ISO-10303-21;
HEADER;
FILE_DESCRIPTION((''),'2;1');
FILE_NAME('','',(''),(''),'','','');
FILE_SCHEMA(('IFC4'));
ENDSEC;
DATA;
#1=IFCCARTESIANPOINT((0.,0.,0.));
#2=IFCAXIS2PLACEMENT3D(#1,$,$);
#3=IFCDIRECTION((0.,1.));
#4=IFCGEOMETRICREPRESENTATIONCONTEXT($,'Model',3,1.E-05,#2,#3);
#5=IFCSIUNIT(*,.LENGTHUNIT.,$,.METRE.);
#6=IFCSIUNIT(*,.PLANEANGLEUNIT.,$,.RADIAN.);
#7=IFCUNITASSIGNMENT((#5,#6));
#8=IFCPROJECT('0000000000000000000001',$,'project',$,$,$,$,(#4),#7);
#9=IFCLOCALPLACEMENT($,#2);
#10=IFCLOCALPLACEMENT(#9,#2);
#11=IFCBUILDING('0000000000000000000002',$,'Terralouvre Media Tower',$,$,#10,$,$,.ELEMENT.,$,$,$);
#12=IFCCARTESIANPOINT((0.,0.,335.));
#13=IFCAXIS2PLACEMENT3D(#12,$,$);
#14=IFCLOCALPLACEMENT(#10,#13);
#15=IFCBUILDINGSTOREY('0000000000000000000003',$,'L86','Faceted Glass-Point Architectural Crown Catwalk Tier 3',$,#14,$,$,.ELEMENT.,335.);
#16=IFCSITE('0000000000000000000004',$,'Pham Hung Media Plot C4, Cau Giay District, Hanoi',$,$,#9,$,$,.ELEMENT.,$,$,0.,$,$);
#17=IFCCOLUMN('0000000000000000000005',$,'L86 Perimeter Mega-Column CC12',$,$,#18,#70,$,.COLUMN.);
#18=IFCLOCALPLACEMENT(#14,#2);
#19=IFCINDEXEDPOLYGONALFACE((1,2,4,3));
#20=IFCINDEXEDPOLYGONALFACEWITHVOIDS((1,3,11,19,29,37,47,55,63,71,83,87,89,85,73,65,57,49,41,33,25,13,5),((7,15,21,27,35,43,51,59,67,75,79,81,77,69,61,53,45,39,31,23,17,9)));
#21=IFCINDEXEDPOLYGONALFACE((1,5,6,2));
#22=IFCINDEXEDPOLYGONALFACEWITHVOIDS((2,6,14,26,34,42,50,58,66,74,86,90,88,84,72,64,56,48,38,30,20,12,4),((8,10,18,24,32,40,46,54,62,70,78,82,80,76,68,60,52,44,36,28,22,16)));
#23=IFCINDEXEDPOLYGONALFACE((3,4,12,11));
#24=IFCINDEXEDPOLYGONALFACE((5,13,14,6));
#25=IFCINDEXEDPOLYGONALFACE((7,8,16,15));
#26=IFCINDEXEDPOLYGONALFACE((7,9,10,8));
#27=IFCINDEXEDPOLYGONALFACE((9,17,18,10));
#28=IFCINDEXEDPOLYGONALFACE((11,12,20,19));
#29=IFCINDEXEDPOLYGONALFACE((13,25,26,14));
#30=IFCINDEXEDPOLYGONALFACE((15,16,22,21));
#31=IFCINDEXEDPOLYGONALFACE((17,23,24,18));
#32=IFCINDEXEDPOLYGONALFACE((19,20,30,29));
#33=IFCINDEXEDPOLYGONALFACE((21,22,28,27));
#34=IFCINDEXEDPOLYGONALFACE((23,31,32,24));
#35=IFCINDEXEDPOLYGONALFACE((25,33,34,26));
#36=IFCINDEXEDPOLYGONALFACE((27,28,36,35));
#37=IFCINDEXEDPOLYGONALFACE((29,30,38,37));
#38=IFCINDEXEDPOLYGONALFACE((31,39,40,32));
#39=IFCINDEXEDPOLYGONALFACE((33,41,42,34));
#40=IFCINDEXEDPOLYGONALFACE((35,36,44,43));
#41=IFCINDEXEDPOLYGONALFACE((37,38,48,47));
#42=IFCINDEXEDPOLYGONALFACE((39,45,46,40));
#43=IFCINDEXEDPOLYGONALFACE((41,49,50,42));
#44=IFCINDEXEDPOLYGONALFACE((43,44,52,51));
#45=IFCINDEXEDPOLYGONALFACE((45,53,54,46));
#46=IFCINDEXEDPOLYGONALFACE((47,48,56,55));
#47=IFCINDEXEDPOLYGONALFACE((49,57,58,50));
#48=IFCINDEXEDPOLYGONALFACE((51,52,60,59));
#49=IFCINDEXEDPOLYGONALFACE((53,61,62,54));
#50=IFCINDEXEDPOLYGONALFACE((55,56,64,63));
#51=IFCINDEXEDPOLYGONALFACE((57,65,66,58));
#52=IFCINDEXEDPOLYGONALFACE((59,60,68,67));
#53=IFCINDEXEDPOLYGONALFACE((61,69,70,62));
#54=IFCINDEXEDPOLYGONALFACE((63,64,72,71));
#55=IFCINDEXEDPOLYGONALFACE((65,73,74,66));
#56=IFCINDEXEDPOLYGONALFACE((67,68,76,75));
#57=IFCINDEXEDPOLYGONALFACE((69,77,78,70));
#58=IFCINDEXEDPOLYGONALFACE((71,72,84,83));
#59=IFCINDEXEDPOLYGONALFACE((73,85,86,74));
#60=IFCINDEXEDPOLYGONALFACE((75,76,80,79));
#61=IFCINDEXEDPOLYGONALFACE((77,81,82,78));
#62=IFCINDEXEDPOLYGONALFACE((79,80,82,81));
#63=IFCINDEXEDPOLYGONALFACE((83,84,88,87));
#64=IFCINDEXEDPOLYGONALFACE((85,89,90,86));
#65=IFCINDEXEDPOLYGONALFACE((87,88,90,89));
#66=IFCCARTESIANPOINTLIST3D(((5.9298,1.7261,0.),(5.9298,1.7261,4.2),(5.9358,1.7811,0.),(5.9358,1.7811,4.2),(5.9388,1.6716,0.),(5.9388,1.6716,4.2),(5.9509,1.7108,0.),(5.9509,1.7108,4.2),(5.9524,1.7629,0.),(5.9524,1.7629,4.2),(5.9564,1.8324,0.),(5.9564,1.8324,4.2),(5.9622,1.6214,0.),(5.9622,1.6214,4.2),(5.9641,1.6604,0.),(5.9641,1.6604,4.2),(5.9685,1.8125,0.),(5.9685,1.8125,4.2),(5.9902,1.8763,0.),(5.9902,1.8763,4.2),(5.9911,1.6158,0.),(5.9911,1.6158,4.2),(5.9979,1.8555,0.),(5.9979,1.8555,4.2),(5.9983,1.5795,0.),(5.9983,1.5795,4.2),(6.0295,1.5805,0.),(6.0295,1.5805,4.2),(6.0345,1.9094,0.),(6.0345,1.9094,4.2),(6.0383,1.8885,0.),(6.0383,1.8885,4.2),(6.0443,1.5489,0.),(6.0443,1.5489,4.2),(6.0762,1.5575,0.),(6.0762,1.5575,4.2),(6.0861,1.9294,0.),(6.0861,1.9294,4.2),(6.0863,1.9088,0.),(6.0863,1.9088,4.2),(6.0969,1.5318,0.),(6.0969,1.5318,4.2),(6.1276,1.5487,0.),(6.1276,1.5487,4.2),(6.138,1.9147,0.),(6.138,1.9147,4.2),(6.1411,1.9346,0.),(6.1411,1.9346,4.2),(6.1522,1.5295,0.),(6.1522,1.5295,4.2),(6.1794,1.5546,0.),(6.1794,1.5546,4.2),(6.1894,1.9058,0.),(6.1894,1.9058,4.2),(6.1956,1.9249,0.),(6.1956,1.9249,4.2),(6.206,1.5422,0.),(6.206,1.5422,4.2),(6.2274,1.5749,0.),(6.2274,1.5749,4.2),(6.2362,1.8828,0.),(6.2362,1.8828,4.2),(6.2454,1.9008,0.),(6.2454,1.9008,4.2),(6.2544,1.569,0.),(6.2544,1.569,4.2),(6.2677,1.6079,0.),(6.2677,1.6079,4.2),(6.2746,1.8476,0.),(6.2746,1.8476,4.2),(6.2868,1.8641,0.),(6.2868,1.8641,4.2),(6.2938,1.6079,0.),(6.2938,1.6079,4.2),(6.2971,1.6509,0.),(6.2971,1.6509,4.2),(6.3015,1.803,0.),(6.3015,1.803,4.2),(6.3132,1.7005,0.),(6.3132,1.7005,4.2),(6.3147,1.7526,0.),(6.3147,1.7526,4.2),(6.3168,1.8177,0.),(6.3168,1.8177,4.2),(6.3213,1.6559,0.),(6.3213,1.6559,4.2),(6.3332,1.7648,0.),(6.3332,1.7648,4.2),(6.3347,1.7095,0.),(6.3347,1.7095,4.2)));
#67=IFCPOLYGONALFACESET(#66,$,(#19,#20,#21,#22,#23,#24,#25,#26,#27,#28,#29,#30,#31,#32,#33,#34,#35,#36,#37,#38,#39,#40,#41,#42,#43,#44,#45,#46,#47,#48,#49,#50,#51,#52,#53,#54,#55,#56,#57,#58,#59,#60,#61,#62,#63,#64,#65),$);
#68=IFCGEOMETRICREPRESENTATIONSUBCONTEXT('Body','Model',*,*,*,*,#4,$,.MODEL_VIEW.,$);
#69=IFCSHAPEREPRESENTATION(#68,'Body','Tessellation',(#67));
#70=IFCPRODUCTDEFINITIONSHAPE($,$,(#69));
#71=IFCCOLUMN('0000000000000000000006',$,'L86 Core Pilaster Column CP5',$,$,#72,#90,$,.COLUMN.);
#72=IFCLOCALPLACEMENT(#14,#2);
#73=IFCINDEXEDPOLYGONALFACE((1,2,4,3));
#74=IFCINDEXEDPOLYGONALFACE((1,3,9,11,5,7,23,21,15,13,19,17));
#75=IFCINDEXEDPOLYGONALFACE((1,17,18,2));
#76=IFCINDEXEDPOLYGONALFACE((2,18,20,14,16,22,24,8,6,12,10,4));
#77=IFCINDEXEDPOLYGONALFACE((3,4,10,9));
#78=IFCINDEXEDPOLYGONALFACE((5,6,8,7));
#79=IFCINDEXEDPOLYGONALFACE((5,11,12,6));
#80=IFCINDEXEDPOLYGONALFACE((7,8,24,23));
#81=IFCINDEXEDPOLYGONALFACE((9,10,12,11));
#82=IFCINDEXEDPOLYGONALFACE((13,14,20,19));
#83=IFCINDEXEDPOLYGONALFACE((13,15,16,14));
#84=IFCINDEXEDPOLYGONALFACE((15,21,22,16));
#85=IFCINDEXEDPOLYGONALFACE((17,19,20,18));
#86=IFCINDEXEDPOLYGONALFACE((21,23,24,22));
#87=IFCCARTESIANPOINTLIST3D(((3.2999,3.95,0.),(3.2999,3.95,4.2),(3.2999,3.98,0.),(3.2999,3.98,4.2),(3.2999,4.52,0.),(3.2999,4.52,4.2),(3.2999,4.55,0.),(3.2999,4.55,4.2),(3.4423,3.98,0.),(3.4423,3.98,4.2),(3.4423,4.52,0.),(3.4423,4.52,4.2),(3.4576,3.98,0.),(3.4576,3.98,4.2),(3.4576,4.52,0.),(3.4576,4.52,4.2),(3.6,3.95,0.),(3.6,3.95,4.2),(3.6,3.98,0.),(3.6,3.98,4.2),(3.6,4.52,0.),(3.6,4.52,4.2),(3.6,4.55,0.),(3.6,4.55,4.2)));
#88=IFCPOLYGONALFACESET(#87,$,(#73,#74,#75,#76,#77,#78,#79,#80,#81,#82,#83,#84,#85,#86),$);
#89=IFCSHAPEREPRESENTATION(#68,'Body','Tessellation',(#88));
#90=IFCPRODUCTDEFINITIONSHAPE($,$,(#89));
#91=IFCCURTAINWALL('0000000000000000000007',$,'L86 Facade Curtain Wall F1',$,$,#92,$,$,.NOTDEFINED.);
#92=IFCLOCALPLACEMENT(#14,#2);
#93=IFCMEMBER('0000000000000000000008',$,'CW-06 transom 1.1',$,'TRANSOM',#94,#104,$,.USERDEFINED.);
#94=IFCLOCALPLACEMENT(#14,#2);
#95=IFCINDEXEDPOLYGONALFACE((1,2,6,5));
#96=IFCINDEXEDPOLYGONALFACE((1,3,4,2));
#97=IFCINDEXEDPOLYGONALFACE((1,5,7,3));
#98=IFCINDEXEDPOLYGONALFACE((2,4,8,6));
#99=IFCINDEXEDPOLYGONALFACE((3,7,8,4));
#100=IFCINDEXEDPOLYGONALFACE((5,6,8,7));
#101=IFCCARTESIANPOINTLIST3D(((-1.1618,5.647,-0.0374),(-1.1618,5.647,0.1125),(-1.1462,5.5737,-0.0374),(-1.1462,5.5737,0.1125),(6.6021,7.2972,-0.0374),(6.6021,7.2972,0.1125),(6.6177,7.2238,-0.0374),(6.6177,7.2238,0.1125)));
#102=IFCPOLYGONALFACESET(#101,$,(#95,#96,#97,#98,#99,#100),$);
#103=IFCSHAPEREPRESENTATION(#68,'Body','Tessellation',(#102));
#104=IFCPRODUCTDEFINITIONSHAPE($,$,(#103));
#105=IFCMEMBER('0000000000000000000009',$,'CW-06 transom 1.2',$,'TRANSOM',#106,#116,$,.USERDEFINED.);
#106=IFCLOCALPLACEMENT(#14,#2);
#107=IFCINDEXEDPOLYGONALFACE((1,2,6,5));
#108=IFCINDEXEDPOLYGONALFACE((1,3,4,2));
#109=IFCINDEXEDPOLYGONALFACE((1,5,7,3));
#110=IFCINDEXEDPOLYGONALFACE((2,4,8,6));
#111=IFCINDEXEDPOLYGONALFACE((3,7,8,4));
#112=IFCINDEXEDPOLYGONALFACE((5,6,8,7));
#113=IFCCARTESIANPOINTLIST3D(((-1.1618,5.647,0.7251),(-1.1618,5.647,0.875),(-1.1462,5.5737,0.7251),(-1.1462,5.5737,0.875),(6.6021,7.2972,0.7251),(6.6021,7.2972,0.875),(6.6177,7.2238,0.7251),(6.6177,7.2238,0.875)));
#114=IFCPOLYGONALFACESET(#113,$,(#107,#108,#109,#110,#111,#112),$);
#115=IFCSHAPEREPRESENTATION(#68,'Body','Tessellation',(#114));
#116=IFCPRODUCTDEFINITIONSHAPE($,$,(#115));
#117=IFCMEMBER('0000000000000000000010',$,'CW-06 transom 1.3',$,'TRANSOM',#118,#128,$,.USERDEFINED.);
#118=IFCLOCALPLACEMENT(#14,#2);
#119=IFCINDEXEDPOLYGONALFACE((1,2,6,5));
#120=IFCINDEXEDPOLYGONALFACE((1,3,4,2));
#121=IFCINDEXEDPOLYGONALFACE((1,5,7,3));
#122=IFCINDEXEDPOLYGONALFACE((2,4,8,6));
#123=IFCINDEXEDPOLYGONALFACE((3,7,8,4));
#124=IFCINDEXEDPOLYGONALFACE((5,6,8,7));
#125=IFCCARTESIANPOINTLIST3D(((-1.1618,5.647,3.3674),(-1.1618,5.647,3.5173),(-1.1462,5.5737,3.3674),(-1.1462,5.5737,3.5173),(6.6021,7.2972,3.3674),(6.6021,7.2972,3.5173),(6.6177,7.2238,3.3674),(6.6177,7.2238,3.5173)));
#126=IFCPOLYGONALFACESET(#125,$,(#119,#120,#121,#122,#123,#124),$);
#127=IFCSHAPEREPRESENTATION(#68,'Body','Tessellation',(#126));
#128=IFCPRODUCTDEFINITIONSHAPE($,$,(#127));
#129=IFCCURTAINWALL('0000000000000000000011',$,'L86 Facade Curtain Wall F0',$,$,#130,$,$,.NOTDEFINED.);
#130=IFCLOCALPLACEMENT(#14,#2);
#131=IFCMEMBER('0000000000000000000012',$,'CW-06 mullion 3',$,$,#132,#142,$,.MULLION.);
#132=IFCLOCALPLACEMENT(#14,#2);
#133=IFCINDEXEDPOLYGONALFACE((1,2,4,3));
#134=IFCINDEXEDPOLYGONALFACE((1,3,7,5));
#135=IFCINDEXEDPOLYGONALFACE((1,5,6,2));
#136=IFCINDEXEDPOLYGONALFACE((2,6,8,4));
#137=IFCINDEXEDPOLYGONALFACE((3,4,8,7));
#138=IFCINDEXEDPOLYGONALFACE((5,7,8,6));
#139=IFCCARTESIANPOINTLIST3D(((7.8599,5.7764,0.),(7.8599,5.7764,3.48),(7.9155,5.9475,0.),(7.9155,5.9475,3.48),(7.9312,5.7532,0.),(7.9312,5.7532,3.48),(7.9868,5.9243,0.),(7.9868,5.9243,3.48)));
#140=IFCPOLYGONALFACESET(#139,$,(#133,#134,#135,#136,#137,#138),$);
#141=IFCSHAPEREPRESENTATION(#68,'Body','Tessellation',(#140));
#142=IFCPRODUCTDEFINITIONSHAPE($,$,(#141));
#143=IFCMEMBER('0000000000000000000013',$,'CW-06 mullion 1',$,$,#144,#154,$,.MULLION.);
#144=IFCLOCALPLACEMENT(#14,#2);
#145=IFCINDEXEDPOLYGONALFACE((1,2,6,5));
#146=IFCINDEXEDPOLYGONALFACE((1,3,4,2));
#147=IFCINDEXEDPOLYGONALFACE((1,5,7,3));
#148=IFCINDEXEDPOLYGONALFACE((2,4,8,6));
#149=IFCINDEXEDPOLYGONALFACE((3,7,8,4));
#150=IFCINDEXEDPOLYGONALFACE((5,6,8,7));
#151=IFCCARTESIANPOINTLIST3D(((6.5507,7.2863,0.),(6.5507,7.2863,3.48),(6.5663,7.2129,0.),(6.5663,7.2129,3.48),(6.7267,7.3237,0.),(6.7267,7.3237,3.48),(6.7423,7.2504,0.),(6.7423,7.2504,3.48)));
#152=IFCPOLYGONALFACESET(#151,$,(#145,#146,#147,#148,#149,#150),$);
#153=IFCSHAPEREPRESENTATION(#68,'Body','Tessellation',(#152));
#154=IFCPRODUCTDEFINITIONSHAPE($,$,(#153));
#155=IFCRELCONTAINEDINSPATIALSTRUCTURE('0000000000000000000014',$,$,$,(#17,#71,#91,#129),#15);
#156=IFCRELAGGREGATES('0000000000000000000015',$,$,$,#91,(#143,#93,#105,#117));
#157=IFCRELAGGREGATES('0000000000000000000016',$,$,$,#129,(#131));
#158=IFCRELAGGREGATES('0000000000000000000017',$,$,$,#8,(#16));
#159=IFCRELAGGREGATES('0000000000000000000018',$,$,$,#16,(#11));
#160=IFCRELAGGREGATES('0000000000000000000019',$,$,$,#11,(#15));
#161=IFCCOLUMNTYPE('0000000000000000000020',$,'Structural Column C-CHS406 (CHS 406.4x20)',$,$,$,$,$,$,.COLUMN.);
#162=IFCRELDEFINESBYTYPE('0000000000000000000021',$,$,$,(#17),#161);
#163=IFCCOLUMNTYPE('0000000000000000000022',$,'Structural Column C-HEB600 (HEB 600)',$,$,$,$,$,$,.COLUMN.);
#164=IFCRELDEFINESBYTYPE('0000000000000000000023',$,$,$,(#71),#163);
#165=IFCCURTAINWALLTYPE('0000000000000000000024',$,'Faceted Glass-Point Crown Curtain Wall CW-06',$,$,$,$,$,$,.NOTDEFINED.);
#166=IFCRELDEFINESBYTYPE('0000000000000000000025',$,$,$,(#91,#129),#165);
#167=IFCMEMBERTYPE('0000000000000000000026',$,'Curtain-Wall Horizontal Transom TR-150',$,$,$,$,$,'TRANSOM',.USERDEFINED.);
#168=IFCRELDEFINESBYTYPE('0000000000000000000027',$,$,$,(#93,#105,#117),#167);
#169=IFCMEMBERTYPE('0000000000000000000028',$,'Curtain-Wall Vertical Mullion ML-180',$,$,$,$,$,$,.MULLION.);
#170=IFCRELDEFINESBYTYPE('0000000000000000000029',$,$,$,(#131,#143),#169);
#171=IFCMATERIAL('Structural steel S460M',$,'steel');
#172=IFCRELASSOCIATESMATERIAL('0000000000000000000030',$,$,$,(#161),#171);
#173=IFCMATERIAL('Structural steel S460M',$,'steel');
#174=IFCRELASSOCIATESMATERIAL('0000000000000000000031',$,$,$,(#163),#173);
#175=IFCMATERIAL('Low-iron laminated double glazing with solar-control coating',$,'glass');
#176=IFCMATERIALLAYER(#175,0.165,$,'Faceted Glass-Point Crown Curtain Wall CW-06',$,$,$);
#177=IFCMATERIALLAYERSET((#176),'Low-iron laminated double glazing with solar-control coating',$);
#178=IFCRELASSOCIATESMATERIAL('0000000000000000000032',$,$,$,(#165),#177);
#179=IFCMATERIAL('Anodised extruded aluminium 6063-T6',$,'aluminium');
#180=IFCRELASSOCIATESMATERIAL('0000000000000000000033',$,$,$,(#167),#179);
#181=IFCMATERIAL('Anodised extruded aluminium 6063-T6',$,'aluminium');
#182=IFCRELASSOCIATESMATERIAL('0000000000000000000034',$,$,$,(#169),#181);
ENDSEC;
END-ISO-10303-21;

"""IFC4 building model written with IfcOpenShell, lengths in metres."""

from ifc_helpers import new_model, si_unit, direction, frame, origin, origin_2d, place, context, subcontext, project, spatial, rectangle, hollow_circle, i_section, extrude, material, layer, layer_set, material_profile, profile_set, type_object, element, aggregate, save


model = new_model("IFC4")

# Units and contexts
model_context = context("Model", 3, precision=1e-05, world=origin(), true_north=direction((0.0, 1.0)))
body_context = subcontext(model_context, "Body", "Model", "MODEL_VIEW")
ifc_project = project(units=[si_unit("LENGTHUNIT", "METRE"), si_unit("PLANEANGLEUNIT", "RADIAN")], contexts=[model_context])

# Site, building, storey
site_placement = place(None, origin())
site = spatial("IfcSite", under=ifc_project, at=site_placement, Name="Pham Hung Media Plot C4, Cau Giay District, Hanoi", CompositionType="ELEMENT", RefElevation=0.0)
building_placement = place(site_placement, origin())
building = spatial("IfcBuilding", under=site, at=building_placement, Name="Terralouvre Media Tower", CompositionType="ELEMENT")
storey_placement = place(building_placement, frame((0.0, 0.0, 335.0)))
storey = spatial("IfcBuildingStorey", under=building, at=storey_placement, Name="L86", Description="Faceted Glass-Point Architectural Crown Catwalk Tier 3", CompositionType="ELEMENT", Elevation=335.0)

# Columns
ifc_material_1 = material(Name="Structural steel S460M", Category="steel")
ifc_material_profile_1 = material_profile(ifc_material_1, hollow_circle(Radius=0.2031, WallThickness=0.02, at=origin_2d()), Name="CHS 406.4x20")
ifc_profile_set_1 = profile_set([ifc_material_profile_1], Name="Structural steel S460M")
column_type_1 = type_object("IfcColumnType", Name="Structural Column C-CHS406 (CHS 406.4x20)", PredefinedType="COLUMN", material=ifc_profile_set_1)
column_1_placement = place(storey_placement, frame((6.1328, 1.7317, 0.0), z_axis=(0.0, 0.0, 1.0), x_axis=(0.309017, 0.951057, 0.0)))
element("IfcColumn", 1, at=column_1_placement, inside=storey, type_object=column_type_1, Name="L86 Perimeter Mega-Column CC12", PredefinedType="COLUMN", context=body_context, shape_type="SweptSolid", body=[
    extrude(hollow_circle(Radius=0.2031, WallThickness=0.02, at=origin_2d()), origin(), (0.0, 0.0, 1.0), 4.2),
])
ifc_material_2 = material(Name="Structural steel S460M", Category="steel")
ifc_material_profile_2 = material_profile(ifc_material_2, i_section(OverallWidth=0.3, OverallDepth=0.6001, WebThickness=0.0154, FlangeThickness=0.03, at=origin_2d()), Name="HEB 600")
ifc_profile_set_2 = profile_set([ifc_material_profile_2], Name="Structural steel S460M")
column_type_2 = type_object("IfcColumnType", Name="Structural Column C-HEB600 (HEB 600)", PredefinedType="COLUMN", material=ifc_profile_set_2)
column_2_placement = place(storey_placement, frame((3.45, 4.25, 0.0), z_axis=(0.0, 0.0, 1.0), x_axis=(1.0, 0.0, 0.0)))
element("IfcColumn", 2, at=column_2_placement, inside=storey, type_object=column_type_2, Name="L86 Core Pilaster Column CP5", PredefinedType="COLUMN", context=body_context, shape_type="SweptSolid", body=[
    extrude(i_section(OverallWidth=0.3, OverallDepth=0.6001, WebThickness=0.0154, FlangeThickness=0.03, at=origin_2d()), origin(), (0.0, 0.0, 1.0), 4.2),
])

# Curtain wall, members
ifc_material_3 = material(Name="Low-iron laminated double glazing with solar-control coating", Category="glass")
ifc_layer_1 = layer(ifc_material_3, 0.165, Name="Faceted Glass-Point Crown Curtain Wall CW-06")
ifc_layer_set_1 = layer_set([ifc_layer_1], Name="Low-iron laminated double glazing with solar-control coating")
curtain_wall_type = type_object("IfcCurtainWallType", Name="Faceted Glass-Point Crown Curtain Wall CW-06", PredefinedType="NOTDEFINED", material=ifc_layer_set_1)
curtain_wall_1_placement = place(storey_placement, origin())
curtain_wall_1 = element("IfcCurtainWall", 3, at=curtain_wall_1_placement, inside=storey, type_object=curtain_wall_type, Name="L86 Facade Curtain Wall F1", PredefinedType="NOTDEFINED")
ifc_material_4 = material(Name="Anodised extruded aluminium 6063-T6", Category="aluminium")
ifc_material_profile_3 = material_profile(ifc_material_4, rectangle(XDim=0.075, YDim=0.1499, at=origin_2d()), Name="ALU 75x150")
ifc_profile_set_3 = profile_set([ifc_material_profile_3], Name="Anodised extruded aluminium 6063-T6")
member_type_1 = type_object("IfcMemberType", Name="Curtain-Wall Horizontal Transom TR-150", ElementType="TRANSOM", PredefinedType="USERDEFINED", material=ifc_profile_set_3)
member_1_placement = place(storey_placement, frame((6.6099, 7.2605, 0.0376), z_axis=(-0.978151, -0.207897, 0.0), x_axis=(0.207897, -0.978151, 0.0)))
member_1 = element("IfcMember", 4, at=member_1_placement, type_object=member_type_1, Name="CW-06 transom 1.1", ObjectType="TRANSOM", PredefinedType="USERDEFINED", context=body_context, shape_type="SweptSolid", body=[
    extrude(rectangle(XDim=0.075, YDim=0.1499, at=origin_2d()), origin(), (0.0, 0.0, 1.0), 7.9373),
])
member_2_placement = place(storey_placement, frame((6.6099, 7.2605, 0.8), z_axis=(-0.978151, -0.207897, 0.0), x_axis=(0.207897, -0.978151, 0.0)))
member_2 = element("IfcMember", 5, at=member_2_placement, type_object=member_type_1, Name="CW-06 transom 1.2", ObjectType="TRANSOM", PredefinedType="USERDEFINED", context=body_context, shape_type="SweptSolid", body=[
    extrude(rectangle(XDim=0.075, YDim=0.1499, at=origin_2d()), origin(), (0.0, 0.0, 1.0), 7.9373),
])
member_3_placement = place(storey_placement, frame((6.6099, 7.2605, 3.4424), z_axis=(-0.978151, -0.207897, 0.0), x_axis=(0.207897, -0.978151, 0.0)))
member_3 = element("IfcMember", 6, at=member_3_placement, type_object=member_type_1, Name="CW-06 transom 1.3", ObjectType="TRANSOM", PredefinedType="USERDEFINED", context=body_context, shape_type="SweptSolid", body=[
    extrude(rectangle(XDim=0.075, YDim=0.1499, at=origin_2d()), origin(), (0.0, 0.0, 1.0), 7.9373),
])

# Curtain wall, member
curtain_wall_2_placement = place(storey_placement, origin())
curtain_wall_2 = element("IfcCurtainWall", 7, at=curtain_wall_2_placement, inside=storey, type_object=curtain_wall_type, Name="L86 Facade Curtain Wall F0", PredefinedType="NOTDEFINED")
ifc_material_5 = material(Name="Anodised extruded aluminium 6063-T6", Category="aluminium")
ifc_material_profile_4 = material_profile(ifc_material_5, rectangle(XDim=0.075, YDim=0.1799, at=origin_2d()), Name="ALU 75x180")
ifc_profile_set_4 = profile_set([ifc_material_profile_4], Name="Anodised extruded aluminium 6063-T6")
member_type_2 = type_object("IfcMemberType", Name="Curtain-Wall Vertical Mullion ML-180", PredefinedType="MULLION", material=ifc_profile_set_4)
member_4_placement = place(storey_placement, frame((7.9233, 5.8503, 0.0), z_axis=(0.0, 0.0, 1.0), x_axis=(-0.951057, 0.309017, 0.0)))
member_4 = element("IfcMember", 8, at=member_4_placement, type_object=member_type_2, Name="CW-06 mullion 3", PredefinedType="MULLION", context=body_context, shape_type="SweptSolid", body=[
    extrude(rectangle(XDim=0.075, YDim=0.1799, at=origin_2d()), origin(), (0.0, 0.0, 1.0), 3.48),
])

# Member
member_5_placement = place(storey_placement, frame((6.6465, 7.2683, 0.0), z_axis=(0.0, 0.0, 1.0), x_axis=(0.207912, -0.978148, 0.0)))
member_5 = element("IfcMember", 9, at=member_5_placement, type_object=member_type_2, Name="CW-06 mullion 1", PredefinedType="MULLION", context=body_context, shape_type="SweptSolid", body=[
    extrude(rectangle(XDim=0.075, YDim=0.1799, at=origin_2d()), origin(), (0.0, 0.0, 1.0), 3.48),
])
aggregate(curtain_wall_1, [member_5, member_1, member_2, member_3])

aggregate(curtain_wall_2, [member_4])

save(model, "model.ifc")
